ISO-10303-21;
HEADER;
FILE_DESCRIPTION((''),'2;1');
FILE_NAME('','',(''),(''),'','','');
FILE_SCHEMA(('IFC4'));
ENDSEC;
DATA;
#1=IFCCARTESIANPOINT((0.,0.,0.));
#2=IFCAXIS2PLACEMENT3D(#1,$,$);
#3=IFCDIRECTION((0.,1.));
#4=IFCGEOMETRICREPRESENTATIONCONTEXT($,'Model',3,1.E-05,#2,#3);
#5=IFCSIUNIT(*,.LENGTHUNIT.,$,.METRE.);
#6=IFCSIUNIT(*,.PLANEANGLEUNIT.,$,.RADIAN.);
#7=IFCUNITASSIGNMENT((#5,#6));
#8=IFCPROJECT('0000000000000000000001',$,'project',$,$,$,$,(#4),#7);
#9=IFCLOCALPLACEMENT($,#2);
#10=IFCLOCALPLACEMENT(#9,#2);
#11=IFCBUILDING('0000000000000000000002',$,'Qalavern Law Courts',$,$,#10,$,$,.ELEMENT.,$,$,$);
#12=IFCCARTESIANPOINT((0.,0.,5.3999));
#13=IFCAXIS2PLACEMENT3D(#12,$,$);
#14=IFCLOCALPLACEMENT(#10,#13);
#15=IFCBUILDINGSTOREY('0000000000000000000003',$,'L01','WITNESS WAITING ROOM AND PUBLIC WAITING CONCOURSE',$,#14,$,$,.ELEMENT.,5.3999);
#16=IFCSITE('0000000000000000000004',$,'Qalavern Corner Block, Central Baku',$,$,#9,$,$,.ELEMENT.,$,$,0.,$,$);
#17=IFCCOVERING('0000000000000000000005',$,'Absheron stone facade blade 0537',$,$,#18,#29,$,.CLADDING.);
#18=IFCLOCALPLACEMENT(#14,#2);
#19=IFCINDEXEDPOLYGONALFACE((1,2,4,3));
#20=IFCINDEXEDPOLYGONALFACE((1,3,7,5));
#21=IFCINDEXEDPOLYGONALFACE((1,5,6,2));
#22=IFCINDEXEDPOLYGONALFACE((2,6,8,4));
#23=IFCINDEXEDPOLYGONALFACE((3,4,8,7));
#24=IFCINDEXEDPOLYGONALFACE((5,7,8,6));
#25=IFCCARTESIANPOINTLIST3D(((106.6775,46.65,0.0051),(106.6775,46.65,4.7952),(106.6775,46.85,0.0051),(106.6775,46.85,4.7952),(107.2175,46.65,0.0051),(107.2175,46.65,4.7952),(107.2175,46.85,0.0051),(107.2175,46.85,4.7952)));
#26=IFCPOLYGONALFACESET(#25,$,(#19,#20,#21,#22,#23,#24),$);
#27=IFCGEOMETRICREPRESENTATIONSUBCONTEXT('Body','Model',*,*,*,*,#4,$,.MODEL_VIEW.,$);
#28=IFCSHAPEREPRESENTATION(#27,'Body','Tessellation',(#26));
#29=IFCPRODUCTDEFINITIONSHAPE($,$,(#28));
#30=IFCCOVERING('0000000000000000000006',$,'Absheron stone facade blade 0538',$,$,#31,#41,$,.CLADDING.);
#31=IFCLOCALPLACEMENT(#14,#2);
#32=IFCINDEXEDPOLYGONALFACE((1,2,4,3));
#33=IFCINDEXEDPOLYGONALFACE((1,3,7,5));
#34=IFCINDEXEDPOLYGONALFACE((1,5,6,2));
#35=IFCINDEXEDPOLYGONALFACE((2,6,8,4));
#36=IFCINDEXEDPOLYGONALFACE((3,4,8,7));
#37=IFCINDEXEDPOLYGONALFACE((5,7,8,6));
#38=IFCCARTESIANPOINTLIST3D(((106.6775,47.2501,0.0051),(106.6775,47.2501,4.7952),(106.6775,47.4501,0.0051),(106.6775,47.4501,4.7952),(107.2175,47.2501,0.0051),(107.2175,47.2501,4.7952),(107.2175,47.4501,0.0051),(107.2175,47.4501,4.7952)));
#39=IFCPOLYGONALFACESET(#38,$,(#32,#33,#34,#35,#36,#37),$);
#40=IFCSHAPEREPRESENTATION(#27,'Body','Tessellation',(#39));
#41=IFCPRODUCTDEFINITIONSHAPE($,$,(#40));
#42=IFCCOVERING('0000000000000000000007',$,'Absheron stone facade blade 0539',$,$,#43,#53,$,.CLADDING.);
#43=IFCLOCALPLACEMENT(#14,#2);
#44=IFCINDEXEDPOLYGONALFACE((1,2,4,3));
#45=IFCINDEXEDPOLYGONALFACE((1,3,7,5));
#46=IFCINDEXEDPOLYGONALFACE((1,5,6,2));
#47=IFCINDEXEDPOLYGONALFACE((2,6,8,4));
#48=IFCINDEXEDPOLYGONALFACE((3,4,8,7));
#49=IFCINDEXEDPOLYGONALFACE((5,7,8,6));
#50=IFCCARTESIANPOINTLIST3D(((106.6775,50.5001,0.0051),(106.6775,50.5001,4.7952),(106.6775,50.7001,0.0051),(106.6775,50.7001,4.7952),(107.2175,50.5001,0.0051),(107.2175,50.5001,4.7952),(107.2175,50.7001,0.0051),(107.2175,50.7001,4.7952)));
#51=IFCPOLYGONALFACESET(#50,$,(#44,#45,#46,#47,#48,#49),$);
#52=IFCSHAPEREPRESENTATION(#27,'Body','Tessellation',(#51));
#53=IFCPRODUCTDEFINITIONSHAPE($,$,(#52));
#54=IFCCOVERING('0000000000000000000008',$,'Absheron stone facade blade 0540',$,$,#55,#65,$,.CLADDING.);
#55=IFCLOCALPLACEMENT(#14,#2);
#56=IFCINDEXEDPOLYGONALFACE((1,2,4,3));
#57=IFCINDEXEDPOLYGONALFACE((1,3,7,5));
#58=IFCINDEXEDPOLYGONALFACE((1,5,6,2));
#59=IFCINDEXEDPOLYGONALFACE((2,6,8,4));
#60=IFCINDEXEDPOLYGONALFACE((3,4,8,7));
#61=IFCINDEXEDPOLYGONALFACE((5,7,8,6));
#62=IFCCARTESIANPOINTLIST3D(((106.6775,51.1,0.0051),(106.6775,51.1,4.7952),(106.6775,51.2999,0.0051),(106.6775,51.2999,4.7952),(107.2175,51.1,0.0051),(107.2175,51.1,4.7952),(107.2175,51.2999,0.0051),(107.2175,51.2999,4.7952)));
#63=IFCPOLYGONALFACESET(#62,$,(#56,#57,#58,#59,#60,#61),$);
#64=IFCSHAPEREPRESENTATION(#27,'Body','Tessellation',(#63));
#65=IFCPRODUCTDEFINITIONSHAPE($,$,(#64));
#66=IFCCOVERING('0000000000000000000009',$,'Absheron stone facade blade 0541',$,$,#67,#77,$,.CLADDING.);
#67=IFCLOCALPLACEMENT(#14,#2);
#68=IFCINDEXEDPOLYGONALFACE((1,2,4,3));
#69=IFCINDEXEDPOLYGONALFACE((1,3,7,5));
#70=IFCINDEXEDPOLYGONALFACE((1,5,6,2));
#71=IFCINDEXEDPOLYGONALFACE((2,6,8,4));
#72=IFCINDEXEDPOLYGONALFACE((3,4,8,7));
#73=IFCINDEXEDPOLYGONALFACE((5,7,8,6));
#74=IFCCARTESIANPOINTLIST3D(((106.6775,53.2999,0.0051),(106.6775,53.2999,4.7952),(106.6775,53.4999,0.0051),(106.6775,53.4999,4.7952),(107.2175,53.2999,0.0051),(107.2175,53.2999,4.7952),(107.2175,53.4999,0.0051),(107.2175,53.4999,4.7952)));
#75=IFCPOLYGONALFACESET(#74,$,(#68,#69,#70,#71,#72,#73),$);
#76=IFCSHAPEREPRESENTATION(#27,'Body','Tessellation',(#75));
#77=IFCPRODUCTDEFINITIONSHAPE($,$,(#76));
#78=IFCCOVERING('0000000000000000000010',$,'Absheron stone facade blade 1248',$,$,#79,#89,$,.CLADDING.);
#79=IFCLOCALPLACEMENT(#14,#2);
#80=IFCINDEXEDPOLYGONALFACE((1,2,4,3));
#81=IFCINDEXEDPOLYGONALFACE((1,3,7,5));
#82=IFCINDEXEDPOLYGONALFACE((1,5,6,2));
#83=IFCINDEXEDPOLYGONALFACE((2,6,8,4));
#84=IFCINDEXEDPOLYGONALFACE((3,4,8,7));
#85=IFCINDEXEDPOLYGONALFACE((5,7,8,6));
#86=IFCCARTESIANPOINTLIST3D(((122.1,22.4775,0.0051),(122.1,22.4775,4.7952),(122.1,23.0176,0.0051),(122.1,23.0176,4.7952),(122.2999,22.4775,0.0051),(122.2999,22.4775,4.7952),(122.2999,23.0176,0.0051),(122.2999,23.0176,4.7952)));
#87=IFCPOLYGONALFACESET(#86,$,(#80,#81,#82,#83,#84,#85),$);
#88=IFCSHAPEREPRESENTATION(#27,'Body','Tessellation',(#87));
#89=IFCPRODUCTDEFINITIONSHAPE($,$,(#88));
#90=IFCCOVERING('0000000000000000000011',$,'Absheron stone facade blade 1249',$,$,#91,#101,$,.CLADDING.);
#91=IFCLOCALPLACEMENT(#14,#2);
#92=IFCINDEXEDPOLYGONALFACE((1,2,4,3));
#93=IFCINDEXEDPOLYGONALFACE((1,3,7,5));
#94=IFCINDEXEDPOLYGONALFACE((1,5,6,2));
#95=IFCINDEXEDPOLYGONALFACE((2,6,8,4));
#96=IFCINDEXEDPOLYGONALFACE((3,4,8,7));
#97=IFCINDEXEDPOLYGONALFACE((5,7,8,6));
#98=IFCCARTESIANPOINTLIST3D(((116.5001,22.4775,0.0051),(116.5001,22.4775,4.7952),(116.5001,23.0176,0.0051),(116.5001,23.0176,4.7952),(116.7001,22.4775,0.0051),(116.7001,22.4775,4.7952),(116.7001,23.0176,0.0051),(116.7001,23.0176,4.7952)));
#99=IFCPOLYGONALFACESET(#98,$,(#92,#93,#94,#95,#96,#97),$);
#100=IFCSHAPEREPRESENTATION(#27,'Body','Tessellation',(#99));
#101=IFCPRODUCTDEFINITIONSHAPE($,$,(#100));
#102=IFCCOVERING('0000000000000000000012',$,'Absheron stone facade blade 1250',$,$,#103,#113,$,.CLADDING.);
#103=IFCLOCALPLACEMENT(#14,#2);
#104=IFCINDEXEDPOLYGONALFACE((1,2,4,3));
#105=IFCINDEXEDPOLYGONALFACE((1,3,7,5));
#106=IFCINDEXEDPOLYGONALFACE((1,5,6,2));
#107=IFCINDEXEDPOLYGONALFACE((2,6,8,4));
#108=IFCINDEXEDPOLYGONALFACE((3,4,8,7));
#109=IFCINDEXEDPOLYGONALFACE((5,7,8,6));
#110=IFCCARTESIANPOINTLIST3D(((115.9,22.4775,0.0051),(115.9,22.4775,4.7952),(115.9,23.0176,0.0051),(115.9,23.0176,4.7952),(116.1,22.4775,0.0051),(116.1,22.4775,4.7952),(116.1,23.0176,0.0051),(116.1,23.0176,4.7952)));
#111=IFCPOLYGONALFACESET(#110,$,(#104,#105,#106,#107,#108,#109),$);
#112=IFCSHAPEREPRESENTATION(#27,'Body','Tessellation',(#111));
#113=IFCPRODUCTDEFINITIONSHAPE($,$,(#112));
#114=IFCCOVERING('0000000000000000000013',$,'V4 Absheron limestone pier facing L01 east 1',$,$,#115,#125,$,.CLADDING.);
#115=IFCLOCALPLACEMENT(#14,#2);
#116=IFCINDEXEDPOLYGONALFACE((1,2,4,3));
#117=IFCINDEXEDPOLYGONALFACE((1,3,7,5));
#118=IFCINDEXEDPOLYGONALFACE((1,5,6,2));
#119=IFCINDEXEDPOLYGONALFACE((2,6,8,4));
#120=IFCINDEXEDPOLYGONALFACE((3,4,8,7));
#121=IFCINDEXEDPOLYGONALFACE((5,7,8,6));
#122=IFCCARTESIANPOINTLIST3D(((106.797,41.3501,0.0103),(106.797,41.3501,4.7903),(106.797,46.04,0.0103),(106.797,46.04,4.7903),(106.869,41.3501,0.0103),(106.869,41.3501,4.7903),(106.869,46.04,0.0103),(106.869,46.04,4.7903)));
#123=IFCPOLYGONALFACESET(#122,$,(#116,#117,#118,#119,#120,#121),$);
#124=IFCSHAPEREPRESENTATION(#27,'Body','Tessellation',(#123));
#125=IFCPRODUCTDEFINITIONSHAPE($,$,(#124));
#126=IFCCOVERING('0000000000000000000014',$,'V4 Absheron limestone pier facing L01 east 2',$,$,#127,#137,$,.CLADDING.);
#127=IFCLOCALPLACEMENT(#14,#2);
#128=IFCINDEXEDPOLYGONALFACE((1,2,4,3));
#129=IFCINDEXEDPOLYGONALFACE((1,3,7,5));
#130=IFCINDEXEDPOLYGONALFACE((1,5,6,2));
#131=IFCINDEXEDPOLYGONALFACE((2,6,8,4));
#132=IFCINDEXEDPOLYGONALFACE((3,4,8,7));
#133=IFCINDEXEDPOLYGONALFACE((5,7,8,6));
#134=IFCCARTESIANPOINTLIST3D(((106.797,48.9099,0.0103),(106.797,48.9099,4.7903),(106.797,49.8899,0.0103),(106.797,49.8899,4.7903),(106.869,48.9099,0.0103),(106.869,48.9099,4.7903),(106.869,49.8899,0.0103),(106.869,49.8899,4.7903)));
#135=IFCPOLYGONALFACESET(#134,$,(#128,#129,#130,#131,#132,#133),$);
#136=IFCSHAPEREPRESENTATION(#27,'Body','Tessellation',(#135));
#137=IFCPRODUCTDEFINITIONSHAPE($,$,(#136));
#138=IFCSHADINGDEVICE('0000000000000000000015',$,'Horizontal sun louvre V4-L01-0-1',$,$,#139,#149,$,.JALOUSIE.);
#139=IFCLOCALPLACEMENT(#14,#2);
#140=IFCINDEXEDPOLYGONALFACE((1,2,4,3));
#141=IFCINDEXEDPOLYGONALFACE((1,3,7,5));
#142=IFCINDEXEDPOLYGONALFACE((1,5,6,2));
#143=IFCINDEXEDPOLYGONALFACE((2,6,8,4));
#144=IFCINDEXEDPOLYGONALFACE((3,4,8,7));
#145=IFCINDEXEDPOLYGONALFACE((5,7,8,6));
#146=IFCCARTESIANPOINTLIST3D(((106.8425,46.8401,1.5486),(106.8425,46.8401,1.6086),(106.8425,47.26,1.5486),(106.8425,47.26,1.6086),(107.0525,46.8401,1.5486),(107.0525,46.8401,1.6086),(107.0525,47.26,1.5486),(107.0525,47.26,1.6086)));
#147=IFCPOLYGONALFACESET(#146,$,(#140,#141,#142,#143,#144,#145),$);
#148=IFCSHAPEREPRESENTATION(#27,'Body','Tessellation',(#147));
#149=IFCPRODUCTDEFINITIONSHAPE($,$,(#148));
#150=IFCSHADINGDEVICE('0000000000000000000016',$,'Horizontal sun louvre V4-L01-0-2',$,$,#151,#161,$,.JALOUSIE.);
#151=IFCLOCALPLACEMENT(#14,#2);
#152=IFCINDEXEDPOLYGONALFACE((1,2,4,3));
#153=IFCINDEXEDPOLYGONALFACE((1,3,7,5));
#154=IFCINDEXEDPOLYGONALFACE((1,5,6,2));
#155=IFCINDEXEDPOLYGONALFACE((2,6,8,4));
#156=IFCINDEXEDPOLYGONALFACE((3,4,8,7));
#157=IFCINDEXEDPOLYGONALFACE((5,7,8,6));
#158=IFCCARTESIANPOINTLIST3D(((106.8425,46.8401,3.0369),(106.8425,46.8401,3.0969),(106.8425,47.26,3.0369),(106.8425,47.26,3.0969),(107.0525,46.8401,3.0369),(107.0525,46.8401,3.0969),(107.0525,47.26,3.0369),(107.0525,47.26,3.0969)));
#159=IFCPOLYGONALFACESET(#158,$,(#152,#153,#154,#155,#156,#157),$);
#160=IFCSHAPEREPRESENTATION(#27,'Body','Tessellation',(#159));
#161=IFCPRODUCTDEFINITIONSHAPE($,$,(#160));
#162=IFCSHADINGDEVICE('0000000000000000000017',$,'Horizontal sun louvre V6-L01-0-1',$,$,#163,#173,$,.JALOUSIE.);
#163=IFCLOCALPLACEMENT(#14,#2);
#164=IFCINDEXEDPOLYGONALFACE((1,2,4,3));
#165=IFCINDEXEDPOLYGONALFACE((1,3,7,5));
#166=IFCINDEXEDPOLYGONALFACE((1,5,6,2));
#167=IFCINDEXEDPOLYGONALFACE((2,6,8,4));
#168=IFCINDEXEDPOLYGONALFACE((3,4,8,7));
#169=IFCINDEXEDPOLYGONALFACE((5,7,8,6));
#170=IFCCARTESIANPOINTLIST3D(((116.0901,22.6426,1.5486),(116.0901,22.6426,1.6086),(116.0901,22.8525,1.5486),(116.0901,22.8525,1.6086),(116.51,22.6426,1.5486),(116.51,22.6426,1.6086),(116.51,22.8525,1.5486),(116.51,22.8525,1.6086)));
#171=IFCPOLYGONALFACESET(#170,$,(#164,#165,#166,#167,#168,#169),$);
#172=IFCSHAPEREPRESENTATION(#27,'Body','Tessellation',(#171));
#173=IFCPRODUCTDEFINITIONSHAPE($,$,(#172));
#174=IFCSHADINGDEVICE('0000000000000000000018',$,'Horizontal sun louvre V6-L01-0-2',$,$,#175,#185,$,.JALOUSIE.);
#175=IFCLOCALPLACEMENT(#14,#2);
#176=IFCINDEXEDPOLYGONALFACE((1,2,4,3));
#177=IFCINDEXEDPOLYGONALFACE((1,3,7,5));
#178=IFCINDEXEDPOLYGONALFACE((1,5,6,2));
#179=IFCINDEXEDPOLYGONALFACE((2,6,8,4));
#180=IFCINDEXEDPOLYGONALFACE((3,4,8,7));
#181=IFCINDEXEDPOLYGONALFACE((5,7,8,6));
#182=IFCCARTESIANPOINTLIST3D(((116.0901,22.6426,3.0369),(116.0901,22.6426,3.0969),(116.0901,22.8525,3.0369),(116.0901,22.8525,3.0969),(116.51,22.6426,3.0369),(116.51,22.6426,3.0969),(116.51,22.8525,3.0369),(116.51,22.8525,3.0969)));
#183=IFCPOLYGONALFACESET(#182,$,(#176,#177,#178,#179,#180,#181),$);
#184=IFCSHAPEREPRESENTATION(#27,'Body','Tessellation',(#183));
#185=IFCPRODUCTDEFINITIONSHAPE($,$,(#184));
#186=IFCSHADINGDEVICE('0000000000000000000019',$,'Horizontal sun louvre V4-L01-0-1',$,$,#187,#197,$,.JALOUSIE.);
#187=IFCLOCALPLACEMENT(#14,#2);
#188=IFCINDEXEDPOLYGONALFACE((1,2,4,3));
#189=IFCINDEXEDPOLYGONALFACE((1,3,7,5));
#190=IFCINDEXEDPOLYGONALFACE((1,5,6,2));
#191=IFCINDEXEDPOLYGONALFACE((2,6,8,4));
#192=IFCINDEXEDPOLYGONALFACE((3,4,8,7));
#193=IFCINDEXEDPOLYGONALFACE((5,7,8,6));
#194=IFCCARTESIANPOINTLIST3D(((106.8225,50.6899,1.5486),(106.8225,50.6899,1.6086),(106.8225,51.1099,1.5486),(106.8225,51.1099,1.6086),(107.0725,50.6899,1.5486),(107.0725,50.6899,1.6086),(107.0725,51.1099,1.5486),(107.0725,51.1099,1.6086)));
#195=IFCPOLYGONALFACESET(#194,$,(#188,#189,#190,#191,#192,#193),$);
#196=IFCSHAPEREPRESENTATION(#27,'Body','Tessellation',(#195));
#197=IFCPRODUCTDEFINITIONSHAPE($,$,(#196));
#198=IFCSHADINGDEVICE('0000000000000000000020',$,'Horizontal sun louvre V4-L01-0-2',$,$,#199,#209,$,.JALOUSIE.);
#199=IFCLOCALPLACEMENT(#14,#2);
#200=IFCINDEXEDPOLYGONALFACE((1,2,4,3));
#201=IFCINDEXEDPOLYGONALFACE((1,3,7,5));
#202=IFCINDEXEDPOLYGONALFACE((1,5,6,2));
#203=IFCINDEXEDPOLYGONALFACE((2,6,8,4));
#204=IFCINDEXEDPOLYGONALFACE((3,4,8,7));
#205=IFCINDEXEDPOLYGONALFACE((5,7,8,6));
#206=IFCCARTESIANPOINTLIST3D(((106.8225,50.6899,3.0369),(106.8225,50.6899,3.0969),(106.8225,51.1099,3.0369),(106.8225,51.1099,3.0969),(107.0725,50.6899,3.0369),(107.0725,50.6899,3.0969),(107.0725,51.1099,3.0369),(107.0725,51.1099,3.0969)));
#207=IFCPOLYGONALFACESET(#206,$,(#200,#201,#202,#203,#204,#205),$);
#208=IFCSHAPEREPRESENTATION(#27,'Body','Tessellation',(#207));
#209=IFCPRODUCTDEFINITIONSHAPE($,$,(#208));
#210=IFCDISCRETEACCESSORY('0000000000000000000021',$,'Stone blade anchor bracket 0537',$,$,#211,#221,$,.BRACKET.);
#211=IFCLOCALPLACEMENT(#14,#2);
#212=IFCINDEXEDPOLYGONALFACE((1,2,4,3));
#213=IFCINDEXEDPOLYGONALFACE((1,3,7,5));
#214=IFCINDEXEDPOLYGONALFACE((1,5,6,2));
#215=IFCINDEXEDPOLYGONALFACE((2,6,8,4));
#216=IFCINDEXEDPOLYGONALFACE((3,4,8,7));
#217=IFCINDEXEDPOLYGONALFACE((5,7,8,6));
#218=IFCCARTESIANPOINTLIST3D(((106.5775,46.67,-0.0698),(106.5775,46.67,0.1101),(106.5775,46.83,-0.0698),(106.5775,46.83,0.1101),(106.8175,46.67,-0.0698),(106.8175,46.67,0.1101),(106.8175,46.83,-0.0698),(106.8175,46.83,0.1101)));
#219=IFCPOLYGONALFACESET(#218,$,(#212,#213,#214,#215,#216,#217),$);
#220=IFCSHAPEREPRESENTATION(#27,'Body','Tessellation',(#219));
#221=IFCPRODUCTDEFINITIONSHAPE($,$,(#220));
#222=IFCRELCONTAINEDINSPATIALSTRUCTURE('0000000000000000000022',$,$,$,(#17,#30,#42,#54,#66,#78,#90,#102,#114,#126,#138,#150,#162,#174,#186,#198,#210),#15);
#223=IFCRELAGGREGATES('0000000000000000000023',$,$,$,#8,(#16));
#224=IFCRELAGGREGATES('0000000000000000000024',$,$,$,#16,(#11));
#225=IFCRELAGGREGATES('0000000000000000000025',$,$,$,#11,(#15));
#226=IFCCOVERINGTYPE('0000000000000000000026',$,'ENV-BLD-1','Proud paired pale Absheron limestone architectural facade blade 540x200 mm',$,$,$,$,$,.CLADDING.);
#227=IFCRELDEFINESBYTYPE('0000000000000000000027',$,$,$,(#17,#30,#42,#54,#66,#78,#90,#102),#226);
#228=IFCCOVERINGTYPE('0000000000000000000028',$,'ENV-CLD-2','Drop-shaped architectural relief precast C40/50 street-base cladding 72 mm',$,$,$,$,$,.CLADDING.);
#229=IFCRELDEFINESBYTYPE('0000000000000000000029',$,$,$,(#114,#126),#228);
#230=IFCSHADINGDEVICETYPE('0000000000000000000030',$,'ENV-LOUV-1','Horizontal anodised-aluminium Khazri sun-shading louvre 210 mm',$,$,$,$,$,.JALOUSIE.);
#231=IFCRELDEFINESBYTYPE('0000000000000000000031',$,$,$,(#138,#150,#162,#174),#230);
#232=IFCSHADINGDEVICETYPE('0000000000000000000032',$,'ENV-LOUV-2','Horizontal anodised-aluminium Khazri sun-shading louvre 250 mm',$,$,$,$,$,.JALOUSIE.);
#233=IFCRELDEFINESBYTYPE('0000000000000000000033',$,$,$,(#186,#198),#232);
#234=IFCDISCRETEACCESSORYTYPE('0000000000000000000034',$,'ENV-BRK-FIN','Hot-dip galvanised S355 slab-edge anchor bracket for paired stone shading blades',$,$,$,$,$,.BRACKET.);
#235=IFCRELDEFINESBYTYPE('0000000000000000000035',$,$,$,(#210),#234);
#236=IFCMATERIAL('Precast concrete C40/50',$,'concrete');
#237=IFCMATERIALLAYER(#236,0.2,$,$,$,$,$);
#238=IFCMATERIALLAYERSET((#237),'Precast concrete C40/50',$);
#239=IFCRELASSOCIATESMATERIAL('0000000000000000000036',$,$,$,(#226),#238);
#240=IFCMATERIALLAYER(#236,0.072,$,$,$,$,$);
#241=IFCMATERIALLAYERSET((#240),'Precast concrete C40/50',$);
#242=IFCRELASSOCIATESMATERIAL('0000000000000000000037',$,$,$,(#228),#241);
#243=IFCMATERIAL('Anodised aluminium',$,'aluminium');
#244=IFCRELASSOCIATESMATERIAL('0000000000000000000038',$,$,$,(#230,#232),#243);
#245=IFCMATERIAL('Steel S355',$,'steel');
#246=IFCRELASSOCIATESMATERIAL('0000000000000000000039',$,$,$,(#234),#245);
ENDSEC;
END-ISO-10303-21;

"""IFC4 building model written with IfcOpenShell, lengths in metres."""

from ifc_helpers import new_model, si_unit, direction, frame, origin, origin_2d, place, context, subcontext, project, spatial, rectangle, extrude, material, layer, layer_set, type_object, element, save


model = new_model("IFC4")

# Units and contexts
model_context = context("Model", 3, precision=1e-05, world=origin(), true_north=direction((0.0, 1.0)))
body_context = subcontext(model_context, "Body", "Model", "MODEL_VIEW")
ifc_project = project(units=[si_unit("LENGTHUNIT", "METRE"), si_unit("PLANEANGLEUNIT", "RADIAN")], contexts=[model_context])

# Site, building, storey
site_placement = place(None, origin())
site = spatial("IfcSite", under=ifc_project, at=site_placement, Name="Qalavern Corner Block, Central Baku", CompositionType="ELEMENT", RefElevation=0.0)
building_placement = place(site_placement, origin())
building = spatial("IfcBuilding", under=site, at=building_placement, Name="Qalavern Law Courts", CompositionType="ELEMENT")
storey_placement = place(building_placement, frame((0.0, 0.0, 5.3999)))
storey = spatial("IfcBuildingStorey", under=building, at=storey_placement, Name="L01", Description="WITNESS WAITING ROOM AND PUBLIC WAITING CONCOURSE", CompositionType="ELEMENT", Elevation=5.3999)

# Coverings
ifc_material_1 = material(Name="Precast concrete C40/50", Category="concrete")
ifc_layer_1 = layer(ifc_material_1, 0.2)
ifc_layer_set_1 = layer_set([ifc_layer_1], Name="Precast concrete C40/50")
covering_type_1 = type_object("IfcCoveringType", Name="ENV-BLD-1", Description="Proud paired pale Absheron limestone architectural facade blade 540x200 mm", PredefinedType="CLADDING", material=ifc_layer_set_1)
for number, where, z_axis, x_axis, name in (
    (1, (106.9475, 46.75, 0.0051), (0.0, 0.0, 1.0), (1.0, 0.0, 0.0), "Absheron stone facade blade 0537"),
    (2, (106.9475, 47.3501, 0.0051), (0.0, 0.0, 1.0), (1.0, 0.0, 0.0), "Absheron stone facade blade 0538"),
    (3, (106.9475, 50.6001, 0.0051), (0.0, 0.0, 1.0), (1.0, 0.0, 0.0), "Absheron stone facade blade 0539"),
    (4, (106.9475, 51.2, 0.0051), (0.0, 0.0, 1.0), (1.0, 0.0, 0.0), "Absheron stone facade blade 0540"),
    (5, (106.9475, 53.3999, 0.0051), (0.0, 0.0, 1.0), (1.0, 0.0, 0.0), "Absheron stone facade blade 0541"),
    (6, (122.2, 22.7476, 0.0051), (0.0, 0.0, 1.0), (0.0, 1.0, 0.0), "Absheron stone facade blade 1248"),
    (7, (116.6001, 22.7476, 0.0051), (0.0, 0.0, 1.0), (0.0, 1.0, 0.0), "Absheron stone facade blade 1249"),
    (8, (116.0, 22.7476, 0.0051), (0.0, 0.0, 1.0), (0.0, 1.0, 0.0), "Absheron stone facade blade 1250"),
):
    element("IfcCovering", number, at=place(storey_placement, frame(where, z_axis=z_axis, x_axis=x_axis)), inside=storey, type_object=covering_type_1, Name=name, PredefinedType="CLADDING", context=body_context, shape_type="SweptSolid", body=[
        extrude(rectangle(XDim=0.54, YDim=0.2, at=origin_2d()), origin(), (0.0, 0.0, 1.0), 4.79),
    ])
ifc_layer_2 = layer(ifc_material_1, 0.072)
ifc_layer_set_2 = layer_set([ifc_layer_2], Name="Precast concrete C40/50")
covering_type_2 = type_object("IfcCoveringType", Name="ENV-CLD-2", Description="Drop-shaped architectural relief precast C40/50 street-base cladding 72 mm", PredefinedType="CLADDING", material=ifc_layer_set_2)
covering_1_placement = place(storey_placement, frame((106.833, 43.6951, 0.0103), z_axis=(0.0, 0.0, 1.0), x_axis=(0.0, 1.0, 0.0)))
element("IfcCovering", 9, at=covering_1_placement, inside=storey, type_object=covering_type_2, Name="V4 Absheron limestone pier facing L01 east 1", PredefinedType="CLADDING", context=body_context, shape_type="SweptSolid", body=[
    extrude(rectangle(XDim=4.6899, YDim=0.072, at=origin_2d()), origin(), (0.0, 0.0, 1.0), 4.78),
])
covering_2_placement = place(storey_placement, frame((106.833, 49.3999, 0.0103), z_axis=(0.0, 0.0, 1.0), x_axis=(0.0, 1.0, 0.0)))
element("IfcCovering", 10, at=covering_2_placement, inside=storey, type_object=covering_type_2, Name="V4 Absheron limestone pier facing L01 east 2", PredefinedType="CLADDING", context=body_context, shape_type="SweptSolid", body=[
    extrude(rectangle(XDim=0.98, YDim=0.072, at=origin_2d()), origin(), (0.0, 0.0, 1.0), 4.78),
])

# Shading devices
ifc_material_2 = material(Name="Anodised aluminium", Category="aluminium")
shading_device_type_1 = type_object("IfcShadingDeviceType", Name="ENV-LOUV-1", Description="Horizontal anodised-aluminium Khazri sun-shading louvre 210 mm", PredefinedType="JALOUSIE", material=ifc_material_2)
for number, where, z_axis, x_axis, name in (
    (11, (106.9475, 47.05, 1.5486), (0.0, 0.0, 1.0), (0.0, 1.0, 0.0), "Horizontal sun louvre V4-L01-0-1"),
    (12, (106.9475, 47.05, 3.0369), (0.0, 0.0, 1.0), (0.0, 1.0, 0.0), "Horizontal sun louvre V4-L01-0-2"),
    (13, (116.3, 22.7476, 1.5486), (0.0, 0.0, 1.0), (-1.0, 0.0, 0.0), "Horizontal sun louvre V6-L01-0-1"),
    (14, (116.3, 22.7476, 3.0369), (0.0, 0.0, 1.0), (-1.0, 0.0, 0.0), "Horizontal sun louvre V6-L01-0-2"),
):
    element("IfcShadingDevice", number, at=place(storey_placement, frame(where, z_axis=z_axis, x_axis=x_axis)), inside=storey, type_object=shading_device_type_1, Name=name, PredefinedType="JALOUSIE", context=body_context, shape_type="SweptSolid", body=[
        extrude(rectangle(XDim=0.4199, YDim=0.21, at=origin_2d()), origin(), (0.0, 0.0, 1.0), 0.0601),
    ])
shading_device_type_2 = type_object("IfcShadingDeviceType", Name="ENV-LOUV-2", Description="Horizontal anodised-aluminium Khazri sun-shading louvre 250 mm", PredefinedType="JALOUSIE", material=ifc_material_2)
for number, where, z_axis, x_axis, name in (
    (15, (106.9475, 50.8999, 1.5486), (0.0, 0.0, 1.0), (0.0, 1.0, 0.0), "Horizontal sun louvre V4-L01-0-1"),
    (16, (106.9475, 50.8999, 3.0369), (0.0, 0.0, 1.0), (0.0, 1.0, 0.0), "Horizontal sun louvre V4-L01-0-2"),
):
    element("IfcShadingDevice", number, at=place(storey_placement, frame(where, z_axis=z_axis, x_axis=x_axis)), inside=storey, type_object=shading_device_type_2, Name=name, PredefinedType="JALOUSIE", context=body_context, shape_type="SweptSolid", body=[
        extrude(rectangle(XDim=0.4199, YDim=0.25, at=origin_2d()), origin(), (0.0, 0.0, 1.0), 0.0601),
    ])

# Discrete accessory
ifc_material_3 = material(Name="Steel S355", Category="steel")
discrete_accessory_type = type_object("IfcDiscreteAccessoryType", Name="ENV-BRK-FIN", Description="Hot-dip galvanised S355 slab-edge anchor bracket for paired stone shading blades", PredefinedType="BRACKET", material=ifc_material_3)
for number, where, z_axis, x_axis, name in (
    (17, (106.6975, 46.75, -0.0698), (0.0, 0.0, 1.0), (1.0, 0.0, 0.0), "Stone blade anchor bracket 0537"),
):
    element("IfcDiscreteAccessory", number, at=place(storey_placement, frame(where, z_axis=z_axis, x_axis=x_axis)), inside=storey, type_object=discrete_accessory_type, Name=name, PredefinedType="BRACKET", context=body_context, shape_type="SweptSolid", body=[
        extrude(rectangle(XDim=0.24, YDim=0.1599, at=origin_2d()), origin(), (0.0, 0.0, 1.0), 0.1799),
    ])

save(model, "model.ifc")
